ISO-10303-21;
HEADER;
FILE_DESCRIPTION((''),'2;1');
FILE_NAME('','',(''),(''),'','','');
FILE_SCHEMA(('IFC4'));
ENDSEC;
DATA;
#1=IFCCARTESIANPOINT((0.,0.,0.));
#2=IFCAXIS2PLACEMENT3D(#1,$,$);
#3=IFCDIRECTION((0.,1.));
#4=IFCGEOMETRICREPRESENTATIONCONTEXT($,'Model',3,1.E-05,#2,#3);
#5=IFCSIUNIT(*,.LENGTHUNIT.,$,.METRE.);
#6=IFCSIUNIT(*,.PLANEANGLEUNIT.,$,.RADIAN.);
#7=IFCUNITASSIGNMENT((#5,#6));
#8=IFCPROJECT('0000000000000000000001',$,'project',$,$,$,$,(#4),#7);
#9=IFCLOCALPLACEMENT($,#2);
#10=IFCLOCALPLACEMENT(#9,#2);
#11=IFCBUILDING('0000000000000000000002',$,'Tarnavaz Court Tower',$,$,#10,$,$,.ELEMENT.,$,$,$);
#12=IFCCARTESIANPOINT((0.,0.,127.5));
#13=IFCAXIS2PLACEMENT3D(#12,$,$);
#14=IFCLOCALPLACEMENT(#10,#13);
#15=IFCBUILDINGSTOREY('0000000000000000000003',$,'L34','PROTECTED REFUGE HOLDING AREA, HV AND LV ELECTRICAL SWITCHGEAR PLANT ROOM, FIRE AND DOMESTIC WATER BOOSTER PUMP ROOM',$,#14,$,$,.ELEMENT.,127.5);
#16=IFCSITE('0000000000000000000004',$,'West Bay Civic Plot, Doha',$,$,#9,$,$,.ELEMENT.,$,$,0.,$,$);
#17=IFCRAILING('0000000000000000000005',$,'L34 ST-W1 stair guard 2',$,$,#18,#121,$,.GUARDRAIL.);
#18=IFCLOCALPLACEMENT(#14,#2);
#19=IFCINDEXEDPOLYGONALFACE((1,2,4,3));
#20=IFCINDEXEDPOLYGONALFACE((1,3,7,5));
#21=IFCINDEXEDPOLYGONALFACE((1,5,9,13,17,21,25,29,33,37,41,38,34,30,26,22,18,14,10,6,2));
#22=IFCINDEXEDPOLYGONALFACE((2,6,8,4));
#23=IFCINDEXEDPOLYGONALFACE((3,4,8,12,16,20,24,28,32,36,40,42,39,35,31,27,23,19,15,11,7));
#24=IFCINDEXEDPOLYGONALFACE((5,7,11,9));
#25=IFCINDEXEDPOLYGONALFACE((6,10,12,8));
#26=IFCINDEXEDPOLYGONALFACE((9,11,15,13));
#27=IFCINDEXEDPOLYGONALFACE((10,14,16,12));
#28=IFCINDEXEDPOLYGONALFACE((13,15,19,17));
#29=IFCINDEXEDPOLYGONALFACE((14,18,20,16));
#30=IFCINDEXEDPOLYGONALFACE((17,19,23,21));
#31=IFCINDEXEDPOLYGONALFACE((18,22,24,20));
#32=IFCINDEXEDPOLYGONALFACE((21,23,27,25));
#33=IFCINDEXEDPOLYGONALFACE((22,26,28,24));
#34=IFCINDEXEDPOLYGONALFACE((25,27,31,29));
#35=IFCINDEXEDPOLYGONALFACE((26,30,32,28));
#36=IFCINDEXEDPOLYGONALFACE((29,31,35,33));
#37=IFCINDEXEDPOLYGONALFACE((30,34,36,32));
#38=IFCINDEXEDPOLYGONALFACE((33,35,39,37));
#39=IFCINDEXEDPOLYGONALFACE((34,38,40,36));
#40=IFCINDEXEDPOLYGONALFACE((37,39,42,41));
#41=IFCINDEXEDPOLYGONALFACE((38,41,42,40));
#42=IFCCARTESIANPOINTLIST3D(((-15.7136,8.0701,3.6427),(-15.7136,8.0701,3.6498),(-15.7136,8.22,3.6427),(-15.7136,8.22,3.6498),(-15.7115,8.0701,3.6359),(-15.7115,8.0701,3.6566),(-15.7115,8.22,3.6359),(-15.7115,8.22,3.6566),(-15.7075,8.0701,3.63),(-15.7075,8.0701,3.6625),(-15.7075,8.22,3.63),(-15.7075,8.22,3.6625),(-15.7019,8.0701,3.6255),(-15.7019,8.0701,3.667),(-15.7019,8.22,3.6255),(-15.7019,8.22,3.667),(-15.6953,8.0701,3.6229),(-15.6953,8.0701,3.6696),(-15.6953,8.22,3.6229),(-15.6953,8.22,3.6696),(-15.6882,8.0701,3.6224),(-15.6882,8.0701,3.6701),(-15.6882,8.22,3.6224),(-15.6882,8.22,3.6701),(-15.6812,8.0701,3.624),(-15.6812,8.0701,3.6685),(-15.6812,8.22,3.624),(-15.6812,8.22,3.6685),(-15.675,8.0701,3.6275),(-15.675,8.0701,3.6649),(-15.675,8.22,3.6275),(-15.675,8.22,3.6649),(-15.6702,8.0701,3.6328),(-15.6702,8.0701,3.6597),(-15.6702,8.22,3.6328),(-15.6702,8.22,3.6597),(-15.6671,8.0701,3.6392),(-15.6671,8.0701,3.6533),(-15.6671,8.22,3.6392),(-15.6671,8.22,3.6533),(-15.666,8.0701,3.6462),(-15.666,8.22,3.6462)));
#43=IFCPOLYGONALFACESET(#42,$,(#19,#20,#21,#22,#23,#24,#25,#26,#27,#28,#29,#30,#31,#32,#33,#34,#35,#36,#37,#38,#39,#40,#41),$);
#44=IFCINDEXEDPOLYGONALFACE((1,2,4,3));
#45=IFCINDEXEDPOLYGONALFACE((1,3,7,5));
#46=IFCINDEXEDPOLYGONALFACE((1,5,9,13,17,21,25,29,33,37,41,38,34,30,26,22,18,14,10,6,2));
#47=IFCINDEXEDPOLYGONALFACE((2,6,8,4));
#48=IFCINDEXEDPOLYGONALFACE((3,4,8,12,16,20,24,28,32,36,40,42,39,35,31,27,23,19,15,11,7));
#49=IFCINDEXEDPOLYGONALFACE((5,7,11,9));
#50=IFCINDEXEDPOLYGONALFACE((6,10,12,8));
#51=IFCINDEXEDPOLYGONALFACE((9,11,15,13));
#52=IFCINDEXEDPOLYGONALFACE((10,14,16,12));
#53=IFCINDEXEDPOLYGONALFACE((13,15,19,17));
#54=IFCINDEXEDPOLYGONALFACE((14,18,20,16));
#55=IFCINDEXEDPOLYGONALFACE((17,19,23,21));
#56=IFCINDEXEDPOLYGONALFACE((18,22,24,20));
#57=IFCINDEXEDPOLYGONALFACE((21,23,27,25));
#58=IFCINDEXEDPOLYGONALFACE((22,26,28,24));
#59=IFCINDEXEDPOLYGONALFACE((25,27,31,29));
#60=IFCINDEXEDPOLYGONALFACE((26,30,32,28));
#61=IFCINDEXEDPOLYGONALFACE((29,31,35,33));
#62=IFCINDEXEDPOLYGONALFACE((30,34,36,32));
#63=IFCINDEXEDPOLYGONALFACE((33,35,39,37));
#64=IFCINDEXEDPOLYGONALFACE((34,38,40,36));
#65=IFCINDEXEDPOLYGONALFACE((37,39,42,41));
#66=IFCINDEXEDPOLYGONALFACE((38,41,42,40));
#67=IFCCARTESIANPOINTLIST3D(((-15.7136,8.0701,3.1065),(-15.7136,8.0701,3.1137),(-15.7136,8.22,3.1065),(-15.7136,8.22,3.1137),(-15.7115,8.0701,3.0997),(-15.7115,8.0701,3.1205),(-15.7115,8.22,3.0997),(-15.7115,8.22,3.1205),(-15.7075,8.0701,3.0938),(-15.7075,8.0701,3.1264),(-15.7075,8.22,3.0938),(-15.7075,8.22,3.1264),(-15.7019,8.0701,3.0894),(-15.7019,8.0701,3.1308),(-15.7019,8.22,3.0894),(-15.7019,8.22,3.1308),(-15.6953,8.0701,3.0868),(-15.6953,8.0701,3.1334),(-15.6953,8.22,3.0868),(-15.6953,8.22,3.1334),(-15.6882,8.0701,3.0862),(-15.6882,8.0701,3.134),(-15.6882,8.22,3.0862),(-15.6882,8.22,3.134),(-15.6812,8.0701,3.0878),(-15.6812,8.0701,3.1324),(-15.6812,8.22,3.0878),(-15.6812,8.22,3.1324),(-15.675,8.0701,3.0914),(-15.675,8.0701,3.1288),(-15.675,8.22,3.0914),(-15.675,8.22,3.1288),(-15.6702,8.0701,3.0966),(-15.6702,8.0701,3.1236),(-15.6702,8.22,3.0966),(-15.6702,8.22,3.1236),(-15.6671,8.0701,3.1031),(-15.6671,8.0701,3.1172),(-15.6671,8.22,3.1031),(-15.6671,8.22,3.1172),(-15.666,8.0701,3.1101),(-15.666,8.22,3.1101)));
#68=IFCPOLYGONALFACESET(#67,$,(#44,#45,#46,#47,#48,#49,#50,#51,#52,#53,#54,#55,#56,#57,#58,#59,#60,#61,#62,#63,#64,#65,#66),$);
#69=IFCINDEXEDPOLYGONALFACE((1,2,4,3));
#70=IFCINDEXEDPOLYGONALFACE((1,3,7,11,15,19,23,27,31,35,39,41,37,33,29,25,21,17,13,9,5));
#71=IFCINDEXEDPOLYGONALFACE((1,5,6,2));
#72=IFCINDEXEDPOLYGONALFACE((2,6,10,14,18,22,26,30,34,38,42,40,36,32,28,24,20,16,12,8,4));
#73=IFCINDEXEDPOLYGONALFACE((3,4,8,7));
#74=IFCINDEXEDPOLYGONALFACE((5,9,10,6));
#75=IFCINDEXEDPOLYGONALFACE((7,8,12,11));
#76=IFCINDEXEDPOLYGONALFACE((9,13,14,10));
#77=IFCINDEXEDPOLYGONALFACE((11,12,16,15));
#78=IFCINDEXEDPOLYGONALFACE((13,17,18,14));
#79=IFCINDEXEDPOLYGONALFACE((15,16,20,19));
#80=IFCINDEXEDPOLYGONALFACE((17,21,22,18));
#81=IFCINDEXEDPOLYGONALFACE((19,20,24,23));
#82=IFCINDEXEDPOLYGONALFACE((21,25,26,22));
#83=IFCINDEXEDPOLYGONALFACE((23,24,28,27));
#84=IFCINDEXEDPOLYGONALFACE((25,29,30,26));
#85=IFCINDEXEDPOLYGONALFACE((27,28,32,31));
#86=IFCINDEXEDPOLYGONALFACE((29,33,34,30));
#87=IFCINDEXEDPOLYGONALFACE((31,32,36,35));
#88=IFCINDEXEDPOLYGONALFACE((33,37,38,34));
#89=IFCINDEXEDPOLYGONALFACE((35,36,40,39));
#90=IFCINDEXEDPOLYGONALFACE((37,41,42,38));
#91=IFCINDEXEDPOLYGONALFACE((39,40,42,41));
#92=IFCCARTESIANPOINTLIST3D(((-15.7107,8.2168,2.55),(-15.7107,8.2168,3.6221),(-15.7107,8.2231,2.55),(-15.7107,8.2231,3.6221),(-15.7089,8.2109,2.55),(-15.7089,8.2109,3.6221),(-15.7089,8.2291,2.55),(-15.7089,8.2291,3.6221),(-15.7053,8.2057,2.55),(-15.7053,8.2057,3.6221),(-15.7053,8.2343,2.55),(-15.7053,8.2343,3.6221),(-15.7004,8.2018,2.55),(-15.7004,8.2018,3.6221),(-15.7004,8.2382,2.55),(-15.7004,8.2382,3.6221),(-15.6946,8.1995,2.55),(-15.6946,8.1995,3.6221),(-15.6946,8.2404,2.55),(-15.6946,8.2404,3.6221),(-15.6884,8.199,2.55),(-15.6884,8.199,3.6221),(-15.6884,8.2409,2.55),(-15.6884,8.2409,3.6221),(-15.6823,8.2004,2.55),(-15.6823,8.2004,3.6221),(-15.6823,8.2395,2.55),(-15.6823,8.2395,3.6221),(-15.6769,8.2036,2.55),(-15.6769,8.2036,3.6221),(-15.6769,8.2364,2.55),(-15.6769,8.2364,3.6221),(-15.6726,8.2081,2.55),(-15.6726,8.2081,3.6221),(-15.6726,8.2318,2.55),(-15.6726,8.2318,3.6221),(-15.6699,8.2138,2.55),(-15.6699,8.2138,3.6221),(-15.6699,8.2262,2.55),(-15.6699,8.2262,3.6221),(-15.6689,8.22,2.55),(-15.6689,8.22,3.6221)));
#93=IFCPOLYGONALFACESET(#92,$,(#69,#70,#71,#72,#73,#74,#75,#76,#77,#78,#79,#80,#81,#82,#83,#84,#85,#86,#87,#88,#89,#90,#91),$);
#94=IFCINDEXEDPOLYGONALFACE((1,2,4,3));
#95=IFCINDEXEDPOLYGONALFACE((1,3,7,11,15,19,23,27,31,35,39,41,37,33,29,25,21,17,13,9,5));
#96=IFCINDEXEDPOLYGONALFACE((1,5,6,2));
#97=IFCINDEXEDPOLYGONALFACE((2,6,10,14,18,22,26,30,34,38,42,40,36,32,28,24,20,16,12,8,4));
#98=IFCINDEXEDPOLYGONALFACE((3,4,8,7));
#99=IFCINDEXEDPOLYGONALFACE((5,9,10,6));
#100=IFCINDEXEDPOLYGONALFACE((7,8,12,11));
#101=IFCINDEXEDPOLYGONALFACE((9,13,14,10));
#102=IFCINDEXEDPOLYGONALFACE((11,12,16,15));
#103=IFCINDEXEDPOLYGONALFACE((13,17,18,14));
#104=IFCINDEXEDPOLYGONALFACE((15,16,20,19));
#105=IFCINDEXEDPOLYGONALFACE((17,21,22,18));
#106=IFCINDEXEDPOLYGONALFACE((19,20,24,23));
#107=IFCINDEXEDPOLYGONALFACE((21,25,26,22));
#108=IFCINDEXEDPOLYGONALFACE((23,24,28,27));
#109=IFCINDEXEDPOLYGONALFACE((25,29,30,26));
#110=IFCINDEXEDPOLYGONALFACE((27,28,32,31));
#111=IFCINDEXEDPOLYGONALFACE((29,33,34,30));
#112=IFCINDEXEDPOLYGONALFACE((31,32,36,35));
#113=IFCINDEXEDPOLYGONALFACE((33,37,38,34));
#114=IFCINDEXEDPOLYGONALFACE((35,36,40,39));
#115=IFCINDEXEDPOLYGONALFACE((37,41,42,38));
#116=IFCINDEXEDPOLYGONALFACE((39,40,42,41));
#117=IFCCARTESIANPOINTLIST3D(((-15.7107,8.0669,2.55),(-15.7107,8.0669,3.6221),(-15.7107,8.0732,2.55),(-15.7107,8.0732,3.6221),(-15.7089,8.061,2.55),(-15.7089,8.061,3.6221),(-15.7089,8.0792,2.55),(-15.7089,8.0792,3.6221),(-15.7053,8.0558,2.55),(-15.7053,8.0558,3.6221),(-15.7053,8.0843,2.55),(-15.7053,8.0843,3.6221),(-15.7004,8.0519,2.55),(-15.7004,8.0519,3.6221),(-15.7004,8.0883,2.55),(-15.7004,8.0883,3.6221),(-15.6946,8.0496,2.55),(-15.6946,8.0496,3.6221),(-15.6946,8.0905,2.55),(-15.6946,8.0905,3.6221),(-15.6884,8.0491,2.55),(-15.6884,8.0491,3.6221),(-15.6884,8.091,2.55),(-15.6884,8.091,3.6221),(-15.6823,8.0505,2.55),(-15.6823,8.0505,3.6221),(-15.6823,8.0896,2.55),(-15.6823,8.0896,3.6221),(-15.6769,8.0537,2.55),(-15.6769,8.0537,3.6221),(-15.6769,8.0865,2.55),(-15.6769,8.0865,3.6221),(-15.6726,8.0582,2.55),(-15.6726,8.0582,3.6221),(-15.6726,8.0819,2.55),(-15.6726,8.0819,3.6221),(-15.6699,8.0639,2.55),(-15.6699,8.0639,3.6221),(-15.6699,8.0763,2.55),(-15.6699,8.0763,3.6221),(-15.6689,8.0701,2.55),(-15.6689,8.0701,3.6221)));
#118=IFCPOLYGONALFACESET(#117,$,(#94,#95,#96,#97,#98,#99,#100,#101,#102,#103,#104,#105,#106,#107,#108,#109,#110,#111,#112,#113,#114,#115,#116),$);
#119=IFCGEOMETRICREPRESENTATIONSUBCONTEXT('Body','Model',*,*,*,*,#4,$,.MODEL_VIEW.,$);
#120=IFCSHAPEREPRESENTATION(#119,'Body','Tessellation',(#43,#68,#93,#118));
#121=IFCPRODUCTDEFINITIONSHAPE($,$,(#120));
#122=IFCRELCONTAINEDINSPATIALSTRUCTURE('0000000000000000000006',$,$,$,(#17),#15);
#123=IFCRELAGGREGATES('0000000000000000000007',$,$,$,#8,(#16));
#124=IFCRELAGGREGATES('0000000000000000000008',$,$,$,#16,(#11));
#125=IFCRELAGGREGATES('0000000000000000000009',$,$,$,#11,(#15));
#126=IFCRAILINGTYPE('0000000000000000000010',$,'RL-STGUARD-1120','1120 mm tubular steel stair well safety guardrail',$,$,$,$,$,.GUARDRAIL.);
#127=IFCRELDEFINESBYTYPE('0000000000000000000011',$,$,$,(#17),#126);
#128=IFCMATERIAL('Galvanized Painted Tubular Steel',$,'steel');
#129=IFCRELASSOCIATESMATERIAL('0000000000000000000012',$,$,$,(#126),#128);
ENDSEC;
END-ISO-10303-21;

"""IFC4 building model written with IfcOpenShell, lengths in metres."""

from ifc_helpers import new_model, si_unit, direction, frame, origin, origin_2d, place, context, subcontext, project, spatial, circle, extrude, material, type_object, element, save


model = new_model("IFC4")

# Units and contexts
model_context = context("Model", 3, precision=1e-05, world=origin(), true_north=direction((0.0, 1.0)))
body_context = subcontext(model_context, "Body", "Model", "MODEL_VIEW")
ifc_project = project(units=[si_unit("LENGTHUNIT", "METRE"), si_unit("PLANEANGLEUNIT", "RADIAN")], contexts=[model_context])

# Site, building, storey
site_placement = place(None, origin())
site = spatial("IfcSite", under=ifc_project, at=site_placement, Name="West Bay Civic Plot, Doha", CompositionType="ELEMENT", RefElevation=0.0)
building_placement = place(site_placement, origin())
building = spatial("IfcBuilding", under=site, at=building_placement, Name="Tarnavaz Court Tower", CompositionType="ELEMENT")
storey_placement = place(building_placement, frame((0.0, 0.0, 127.5)))
storey = spatial("IfcBuildingStorey", under=building, at=storey_placement, Name="L34", Description="PROTECTED REFUGE HOLDING AREA, HV AND LV ELECTRICAL SWITCHGEAR PLANT ROOM, FIRE AND DOMESTIC WATER BOOSTER PUMP ROOM", CompositionType="ELEMENT", Elevation=127.5)

# Railing
ifc_material_1 = material(Name="Galvanized Painted Tubular Steel", Category="steel")
railing_type_1 = type_object("IfcRailingType", Name="RL-STGUARD-1120", Description="1120 mm tubular steel stair well safety guardrail", PredefinedType="GUARDRAIL", material=ifc_material_1)
railing_1_placement = place(storey_placement, frame((-15.6899, 8.22, 2.55)))
element("IfcRailing", 1, at=railing_1_placement, inside=storey, type_object=railing_type_1, Name="L34 ST-W1 stair guard 2", PredefinedType="GUARDRAIL", context=body_context, shape_type="SweptSolid", body=[
    extrude(circle(Radius=0.0239, at=origin_2d()), frame((0.0, 0.0, 1.0962), z_axis=(0.0, -1.0, 0.0), x_axis=(1.0, 0.0, 0.0)), (0.0, 0.0, 1.0), 0.1499),
    extrude(circle(Radius=0.0239, at=origin_2d()), frame((0.0, 0.0, 0.5601), z_axis=(0.0, -1.0, 0.0), x_axis=(1.0, 0.0, 0.0)), (0.0, 0.0, 1.0), 0.1499),
    extrude(circle(Radius=0.021, at=origin_2d()), origin(), (0.0, 0.0, 1.0), 1.072),
    extrude(circle(Radius=0.021, at=origin_2d()), frame((0.0, -0.1499, 0.0)), (0.0, 0.0, 1.0), 1.072),
])

save(model, "model.ifc")
